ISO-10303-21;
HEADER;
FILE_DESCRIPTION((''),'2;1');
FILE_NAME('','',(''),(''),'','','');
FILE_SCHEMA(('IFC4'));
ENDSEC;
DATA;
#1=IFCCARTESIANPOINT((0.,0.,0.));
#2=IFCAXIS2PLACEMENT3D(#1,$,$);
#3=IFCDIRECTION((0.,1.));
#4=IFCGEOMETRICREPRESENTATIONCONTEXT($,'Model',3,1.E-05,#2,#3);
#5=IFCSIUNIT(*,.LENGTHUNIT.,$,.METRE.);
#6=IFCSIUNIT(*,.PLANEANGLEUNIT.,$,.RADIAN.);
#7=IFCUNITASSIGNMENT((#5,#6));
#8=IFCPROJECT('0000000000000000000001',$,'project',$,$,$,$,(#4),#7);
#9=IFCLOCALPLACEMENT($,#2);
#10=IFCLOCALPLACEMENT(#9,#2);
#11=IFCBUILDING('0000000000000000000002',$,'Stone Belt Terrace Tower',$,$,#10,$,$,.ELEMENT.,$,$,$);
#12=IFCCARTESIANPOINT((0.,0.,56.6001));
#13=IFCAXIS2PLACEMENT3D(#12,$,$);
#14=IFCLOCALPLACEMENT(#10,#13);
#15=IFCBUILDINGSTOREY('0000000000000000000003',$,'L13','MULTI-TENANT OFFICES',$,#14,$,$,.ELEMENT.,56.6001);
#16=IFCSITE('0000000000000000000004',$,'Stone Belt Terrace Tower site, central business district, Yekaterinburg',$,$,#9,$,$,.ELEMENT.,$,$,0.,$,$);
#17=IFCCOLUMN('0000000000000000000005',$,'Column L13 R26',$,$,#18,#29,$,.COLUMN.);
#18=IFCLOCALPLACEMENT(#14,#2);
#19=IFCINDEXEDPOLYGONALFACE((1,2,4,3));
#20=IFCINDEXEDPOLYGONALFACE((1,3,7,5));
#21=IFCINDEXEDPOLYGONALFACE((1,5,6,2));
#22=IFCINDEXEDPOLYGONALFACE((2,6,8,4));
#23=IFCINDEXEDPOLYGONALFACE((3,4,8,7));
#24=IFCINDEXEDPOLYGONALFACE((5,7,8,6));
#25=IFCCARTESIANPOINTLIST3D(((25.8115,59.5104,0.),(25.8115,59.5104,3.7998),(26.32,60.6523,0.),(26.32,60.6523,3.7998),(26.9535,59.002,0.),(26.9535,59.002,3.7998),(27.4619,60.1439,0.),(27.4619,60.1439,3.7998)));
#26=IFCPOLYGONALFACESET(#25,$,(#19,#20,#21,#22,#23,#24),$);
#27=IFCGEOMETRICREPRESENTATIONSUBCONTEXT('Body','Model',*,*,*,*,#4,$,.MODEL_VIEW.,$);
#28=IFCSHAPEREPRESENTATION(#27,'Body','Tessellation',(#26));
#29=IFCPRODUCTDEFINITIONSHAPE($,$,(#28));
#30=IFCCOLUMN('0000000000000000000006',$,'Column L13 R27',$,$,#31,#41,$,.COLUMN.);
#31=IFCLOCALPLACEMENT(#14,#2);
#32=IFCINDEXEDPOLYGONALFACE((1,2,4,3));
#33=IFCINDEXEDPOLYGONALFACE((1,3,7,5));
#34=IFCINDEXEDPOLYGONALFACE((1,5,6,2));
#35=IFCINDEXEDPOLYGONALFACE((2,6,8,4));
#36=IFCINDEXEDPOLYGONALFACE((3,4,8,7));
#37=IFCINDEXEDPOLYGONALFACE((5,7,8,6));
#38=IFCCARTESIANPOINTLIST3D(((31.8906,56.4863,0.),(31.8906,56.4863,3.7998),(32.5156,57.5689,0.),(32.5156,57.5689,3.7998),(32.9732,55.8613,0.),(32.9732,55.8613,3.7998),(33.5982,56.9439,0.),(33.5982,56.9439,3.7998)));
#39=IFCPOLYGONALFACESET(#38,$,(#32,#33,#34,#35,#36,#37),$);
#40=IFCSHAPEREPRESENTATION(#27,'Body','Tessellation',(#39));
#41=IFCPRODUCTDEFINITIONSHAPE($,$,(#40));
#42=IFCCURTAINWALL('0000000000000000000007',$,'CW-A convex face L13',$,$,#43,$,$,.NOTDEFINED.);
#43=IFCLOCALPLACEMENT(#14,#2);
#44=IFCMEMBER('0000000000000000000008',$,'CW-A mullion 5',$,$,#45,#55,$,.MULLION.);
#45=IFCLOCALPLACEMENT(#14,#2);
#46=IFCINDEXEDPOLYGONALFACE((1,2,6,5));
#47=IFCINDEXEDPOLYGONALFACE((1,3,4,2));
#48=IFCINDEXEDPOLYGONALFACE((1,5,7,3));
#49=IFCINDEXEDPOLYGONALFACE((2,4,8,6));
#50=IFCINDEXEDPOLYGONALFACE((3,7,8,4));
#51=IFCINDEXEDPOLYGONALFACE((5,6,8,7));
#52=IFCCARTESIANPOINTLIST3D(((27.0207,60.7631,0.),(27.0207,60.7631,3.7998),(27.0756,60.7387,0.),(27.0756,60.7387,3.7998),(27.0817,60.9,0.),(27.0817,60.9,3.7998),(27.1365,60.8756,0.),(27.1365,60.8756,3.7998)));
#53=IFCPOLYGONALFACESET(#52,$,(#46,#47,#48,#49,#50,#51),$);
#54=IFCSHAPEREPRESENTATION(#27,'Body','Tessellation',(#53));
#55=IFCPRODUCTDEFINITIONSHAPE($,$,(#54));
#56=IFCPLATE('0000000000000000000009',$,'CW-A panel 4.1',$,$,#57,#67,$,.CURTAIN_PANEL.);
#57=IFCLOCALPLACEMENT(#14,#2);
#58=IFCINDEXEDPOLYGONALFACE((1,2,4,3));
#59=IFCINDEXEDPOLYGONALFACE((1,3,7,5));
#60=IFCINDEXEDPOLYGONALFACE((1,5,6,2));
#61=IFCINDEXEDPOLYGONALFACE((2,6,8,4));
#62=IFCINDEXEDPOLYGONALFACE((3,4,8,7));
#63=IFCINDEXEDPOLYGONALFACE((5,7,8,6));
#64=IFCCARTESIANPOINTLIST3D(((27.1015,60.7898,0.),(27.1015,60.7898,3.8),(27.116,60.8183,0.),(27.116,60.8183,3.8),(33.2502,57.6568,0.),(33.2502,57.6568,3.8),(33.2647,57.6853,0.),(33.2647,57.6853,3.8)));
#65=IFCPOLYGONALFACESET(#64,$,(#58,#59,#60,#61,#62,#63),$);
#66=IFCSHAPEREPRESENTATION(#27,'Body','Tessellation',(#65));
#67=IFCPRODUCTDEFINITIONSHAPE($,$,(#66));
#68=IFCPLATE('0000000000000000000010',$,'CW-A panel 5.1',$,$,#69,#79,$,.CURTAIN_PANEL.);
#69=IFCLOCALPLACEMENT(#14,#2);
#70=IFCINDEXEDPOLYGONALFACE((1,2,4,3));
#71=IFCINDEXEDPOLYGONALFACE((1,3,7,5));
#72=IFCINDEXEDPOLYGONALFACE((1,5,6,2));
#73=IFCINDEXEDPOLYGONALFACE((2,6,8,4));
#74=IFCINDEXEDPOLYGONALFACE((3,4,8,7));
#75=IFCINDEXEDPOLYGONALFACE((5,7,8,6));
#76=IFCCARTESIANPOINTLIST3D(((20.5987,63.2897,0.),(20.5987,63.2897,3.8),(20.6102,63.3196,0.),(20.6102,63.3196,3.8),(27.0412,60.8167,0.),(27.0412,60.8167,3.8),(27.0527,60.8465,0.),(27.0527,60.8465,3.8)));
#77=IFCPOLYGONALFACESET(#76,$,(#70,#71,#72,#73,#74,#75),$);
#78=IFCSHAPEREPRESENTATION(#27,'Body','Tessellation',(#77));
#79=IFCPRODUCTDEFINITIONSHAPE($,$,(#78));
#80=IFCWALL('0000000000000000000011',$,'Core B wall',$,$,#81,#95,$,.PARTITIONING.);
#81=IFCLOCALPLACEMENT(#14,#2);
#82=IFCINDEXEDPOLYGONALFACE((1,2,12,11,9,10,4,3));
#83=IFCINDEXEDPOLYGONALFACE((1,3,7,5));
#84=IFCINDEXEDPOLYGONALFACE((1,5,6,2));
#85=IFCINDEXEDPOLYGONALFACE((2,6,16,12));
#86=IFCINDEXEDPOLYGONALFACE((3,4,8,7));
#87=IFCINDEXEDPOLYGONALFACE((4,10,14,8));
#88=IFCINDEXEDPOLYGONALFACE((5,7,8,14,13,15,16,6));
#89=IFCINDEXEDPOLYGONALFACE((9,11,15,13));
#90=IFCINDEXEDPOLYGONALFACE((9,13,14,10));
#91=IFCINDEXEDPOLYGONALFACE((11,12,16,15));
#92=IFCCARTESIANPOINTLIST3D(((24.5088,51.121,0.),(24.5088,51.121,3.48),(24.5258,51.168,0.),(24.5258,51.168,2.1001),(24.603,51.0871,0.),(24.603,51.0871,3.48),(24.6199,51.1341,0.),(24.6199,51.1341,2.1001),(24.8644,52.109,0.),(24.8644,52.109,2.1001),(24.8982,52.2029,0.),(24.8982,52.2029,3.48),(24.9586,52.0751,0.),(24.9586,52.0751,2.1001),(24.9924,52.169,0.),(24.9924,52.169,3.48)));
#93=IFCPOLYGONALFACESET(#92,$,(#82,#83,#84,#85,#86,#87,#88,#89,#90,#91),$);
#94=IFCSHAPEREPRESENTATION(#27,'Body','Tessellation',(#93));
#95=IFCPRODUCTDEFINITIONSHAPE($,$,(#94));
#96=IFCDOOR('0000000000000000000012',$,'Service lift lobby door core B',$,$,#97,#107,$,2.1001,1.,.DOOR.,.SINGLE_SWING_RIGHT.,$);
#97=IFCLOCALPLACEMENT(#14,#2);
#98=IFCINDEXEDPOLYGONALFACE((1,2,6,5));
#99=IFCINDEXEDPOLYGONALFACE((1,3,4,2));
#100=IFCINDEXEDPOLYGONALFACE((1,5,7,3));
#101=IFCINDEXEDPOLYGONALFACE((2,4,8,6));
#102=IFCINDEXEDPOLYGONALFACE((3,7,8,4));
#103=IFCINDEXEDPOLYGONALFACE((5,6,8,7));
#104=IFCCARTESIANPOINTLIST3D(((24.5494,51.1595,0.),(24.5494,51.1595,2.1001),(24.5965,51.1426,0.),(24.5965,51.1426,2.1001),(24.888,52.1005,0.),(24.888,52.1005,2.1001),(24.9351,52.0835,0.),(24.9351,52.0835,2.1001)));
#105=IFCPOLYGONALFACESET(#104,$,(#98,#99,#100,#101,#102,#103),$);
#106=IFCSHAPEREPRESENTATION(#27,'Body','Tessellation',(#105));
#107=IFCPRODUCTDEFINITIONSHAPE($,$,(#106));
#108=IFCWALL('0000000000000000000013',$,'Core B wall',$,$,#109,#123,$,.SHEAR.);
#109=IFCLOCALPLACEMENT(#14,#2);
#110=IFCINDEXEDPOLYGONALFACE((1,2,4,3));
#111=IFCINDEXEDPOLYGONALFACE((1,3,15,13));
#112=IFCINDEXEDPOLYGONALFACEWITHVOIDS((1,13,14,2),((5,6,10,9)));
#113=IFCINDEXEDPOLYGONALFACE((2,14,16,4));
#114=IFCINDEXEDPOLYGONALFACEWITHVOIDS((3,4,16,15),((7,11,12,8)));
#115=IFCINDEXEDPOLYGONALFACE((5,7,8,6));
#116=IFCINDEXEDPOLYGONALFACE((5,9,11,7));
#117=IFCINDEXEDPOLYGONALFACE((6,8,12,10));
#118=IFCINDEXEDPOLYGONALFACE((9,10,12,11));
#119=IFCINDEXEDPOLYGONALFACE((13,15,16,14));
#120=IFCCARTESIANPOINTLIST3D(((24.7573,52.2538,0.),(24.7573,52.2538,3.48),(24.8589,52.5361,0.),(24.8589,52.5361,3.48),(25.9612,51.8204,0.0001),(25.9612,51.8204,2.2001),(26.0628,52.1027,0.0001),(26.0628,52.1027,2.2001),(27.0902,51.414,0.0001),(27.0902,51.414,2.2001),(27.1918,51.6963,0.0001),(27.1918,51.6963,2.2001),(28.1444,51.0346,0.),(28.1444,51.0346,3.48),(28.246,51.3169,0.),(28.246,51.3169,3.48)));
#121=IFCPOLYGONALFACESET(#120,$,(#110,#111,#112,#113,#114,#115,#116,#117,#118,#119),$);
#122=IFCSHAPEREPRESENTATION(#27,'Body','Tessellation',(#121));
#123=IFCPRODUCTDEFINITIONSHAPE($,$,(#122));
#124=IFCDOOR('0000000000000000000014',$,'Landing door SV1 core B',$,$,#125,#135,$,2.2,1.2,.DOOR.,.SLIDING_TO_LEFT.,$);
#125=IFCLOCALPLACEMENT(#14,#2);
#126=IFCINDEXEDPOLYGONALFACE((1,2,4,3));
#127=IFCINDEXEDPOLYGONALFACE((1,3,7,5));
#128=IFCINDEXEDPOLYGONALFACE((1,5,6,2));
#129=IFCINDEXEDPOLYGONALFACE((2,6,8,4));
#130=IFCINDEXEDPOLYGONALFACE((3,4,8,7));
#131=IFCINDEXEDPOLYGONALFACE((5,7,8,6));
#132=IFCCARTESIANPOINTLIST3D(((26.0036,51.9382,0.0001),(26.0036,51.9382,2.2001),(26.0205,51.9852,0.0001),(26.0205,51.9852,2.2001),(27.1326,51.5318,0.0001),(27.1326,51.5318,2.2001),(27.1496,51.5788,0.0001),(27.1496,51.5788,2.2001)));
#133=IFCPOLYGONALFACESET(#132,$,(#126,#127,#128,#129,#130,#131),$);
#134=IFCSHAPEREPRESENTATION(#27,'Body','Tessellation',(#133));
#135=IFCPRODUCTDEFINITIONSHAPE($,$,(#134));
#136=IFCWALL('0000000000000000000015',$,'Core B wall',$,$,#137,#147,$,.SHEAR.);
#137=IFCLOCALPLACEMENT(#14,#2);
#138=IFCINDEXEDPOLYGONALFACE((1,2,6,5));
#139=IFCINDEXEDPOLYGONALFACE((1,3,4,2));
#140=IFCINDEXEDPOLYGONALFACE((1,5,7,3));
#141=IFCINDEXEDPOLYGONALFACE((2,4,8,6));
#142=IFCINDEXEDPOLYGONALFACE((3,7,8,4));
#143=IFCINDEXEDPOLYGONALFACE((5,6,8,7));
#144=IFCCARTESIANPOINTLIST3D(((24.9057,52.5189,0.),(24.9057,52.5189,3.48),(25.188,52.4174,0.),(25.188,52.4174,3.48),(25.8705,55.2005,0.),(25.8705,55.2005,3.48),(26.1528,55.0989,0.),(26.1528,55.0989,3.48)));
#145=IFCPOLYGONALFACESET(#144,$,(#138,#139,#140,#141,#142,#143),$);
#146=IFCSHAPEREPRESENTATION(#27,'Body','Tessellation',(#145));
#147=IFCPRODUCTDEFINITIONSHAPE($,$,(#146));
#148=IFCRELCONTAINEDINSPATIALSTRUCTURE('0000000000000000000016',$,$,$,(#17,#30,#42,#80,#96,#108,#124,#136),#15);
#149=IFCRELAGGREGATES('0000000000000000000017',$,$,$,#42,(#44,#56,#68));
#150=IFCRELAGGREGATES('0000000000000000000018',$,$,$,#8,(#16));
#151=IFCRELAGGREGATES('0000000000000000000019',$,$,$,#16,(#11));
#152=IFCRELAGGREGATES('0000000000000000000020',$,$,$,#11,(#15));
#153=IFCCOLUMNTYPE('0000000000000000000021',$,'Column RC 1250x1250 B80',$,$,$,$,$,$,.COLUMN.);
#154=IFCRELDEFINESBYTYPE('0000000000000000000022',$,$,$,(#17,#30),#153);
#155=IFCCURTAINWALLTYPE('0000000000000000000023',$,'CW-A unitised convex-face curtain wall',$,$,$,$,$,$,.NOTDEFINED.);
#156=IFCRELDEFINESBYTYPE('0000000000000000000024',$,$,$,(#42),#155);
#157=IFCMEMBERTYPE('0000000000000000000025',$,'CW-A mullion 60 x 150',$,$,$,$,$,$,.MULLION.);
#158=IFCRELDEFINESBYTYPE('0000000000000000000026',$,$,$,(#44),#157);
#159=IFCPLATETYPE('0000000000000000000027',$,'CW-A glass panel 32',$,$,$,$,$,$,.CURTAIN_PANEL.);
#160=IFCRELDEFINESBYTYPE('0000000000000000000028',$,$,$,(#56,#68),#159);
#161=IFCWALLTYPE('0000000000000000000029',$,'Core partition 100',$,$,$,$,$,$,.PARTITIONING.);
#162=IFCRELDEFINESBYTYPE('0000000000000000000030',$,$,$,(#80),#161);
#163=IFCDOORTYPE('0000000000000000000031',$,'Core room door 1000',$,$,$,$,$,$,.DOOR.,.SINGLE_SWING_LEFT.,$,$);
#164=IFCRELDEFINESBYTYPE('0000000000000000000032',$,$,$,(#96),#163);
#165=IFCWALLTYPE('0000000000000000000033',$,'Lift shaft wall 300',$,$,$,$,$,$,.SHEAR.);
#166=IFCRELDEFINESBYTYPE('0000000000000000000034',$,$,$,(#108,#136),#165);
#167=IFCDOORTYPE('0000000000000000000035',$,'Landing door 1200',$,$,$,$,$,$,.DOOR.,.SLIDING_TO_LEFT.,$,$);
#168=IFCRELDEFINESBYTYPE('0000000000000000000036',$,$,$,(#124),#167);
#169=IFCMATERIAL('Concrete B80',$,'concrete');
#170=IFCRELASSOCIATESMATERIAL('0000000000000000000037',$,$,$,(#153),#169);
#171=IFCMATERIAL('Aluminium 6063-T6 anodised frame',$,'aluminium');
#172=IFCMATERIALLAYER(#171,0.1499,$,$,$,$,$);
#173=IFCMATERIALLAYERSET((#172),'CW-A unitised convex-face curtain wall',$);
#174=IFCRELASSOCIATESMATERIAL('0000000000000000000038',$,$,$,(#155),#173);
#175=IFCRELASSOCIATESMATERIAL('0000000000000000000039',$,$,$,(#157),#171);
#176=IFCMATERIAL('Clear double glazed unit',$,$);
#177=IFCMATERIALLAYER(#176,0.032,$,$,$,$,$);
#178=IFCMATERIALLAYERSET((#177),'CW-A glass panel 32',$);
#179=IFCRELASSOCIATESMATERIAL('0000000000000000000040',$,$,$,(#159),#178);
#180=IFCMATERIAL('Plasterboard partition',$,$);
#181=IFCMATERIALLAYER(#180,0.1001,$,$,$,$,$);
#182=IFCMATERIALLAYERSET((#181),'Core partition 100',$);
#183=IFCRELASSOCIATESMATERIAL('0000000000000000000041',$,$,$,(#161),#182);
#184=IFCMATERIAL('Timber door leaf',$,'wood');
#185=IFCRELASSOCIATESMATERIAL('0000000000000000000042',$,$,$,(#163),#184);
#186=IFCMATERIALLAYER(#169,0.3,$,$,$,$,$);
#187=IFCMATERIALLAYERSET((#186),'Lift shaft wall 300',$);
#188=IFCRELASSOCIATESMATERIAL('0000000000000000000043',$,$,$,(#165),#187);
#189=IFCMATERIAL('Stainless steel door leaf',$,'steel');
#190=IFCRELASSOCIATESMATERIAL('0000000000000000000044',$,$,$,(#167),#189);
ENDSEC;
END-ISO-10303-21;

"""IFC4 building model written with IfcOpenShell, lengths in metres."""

from ifc_helpers import new_model, si_unit, direction, frame, frame_2d, origin, origin_2d, place, context, subcontext, project, spatial, rectangle, extrude, material, layer, layer_set, material_profile, profile_set, type_object, element, fill, aggregate, save


model = new_model("IFC4")

# Units and contexts
model_context = context("Model", 3, precision=1e-05, world=origin(), true_north=direction((0.0, 1.0)))
body_context = subcontext(model_context, "Body", "Model", "MODEL_VIEW")
ifc_project = project(units=[si_unit("LENGTHUNIT", "METRE"), si_unit("PLANEANGLEUNIT", "RADIAN")], contexts=[model_context])

# Site, building, storey
site_placement = place(None, origin())
site = spatial("IfcSite", under=ifc_project, at=site_placement, Name="Stone Belt Terrace Tower site, central business district, Yekaterinburg", CompositionType="ELEMENT", RefElevation=0.0)
building_placement = place(site_placement, origin())
building = spatial("IfcBuilding", under=site, at=building_placement, Name="Stone Belt Terrace Tower", CompositionType="ELEMENT")
storey_placement = place(building_placement, frame((0.0, 0.0, 56.6001)))
storey = spatial("IfcBuildingStorey", under=building, at=storey_placement, Name="L13", Description="MULTI-TENANT OFFICES", CompositionType="ELEMENT", Elevation=56.6001)

# Columns
ifc_material_1 = material(Name="Concrete B80", Category="concrete")
ifc_material_profile_1 = material_profile(ifc_material_1, rectangle(XDim=1.25, YDim=1.25, at=origin_2d()), Name="RC 1250x1250")
ifc_profile_set_1 = profile_set([ifc_material_profile_1], Name="Concrete B80")
column_type = type_object("IfcColumnType", Name="Column RC 1250x1250 B80", PredefinedType="COLUMN", material=ifc_profile_set_1)
for number, where, z_axis, x_axis, name in (
    (1, (26.6367, 59.8271, 0.0), (0.0, 0.0, 1.0), (0.913545, -0.406737, 0.0), "Column L13 R26"),
    (2, (32.7444, 56.7151, 0.0), (0.0, 0.0, 1.0), (0.866025, -0.5, 0.0), "Column L13 R27"),
):
    element("IfcColumn", number, at=place(storey_placement, frame(where, z_axis=z_axis, x_axis=x_axis)), inside=storey, type_object=column_type, Name=name, PredefinedType="COLUMN", context=body_context, shape_type="SweptSolid", body=[
        extrude(rectangle(XDim=1.25, YDim=1.25, at=origin_2d()), origin(), (0.0, 0.0, 1.0), 3.7998),
    ])

# Curtain wall, member, plates
ifc_material_2 = material(Name="Aluminium 6063-T6 anodised frame", Category="aluminium")
ifc_layer_1 = layer(ifc_material_2, 0.1499)
ifc_layer_set_1 = layer_set([ifc_layer_1], Name="CW-A unitised convex-face curtain wall")
curtain_wall_type = type_object("IfcCurtainWallType", Name="CW-A unitised convex-face curtain wall", PredefinedType="NOTDEFINED", material=ifc_layer_set_1)
curtain_wall_placement = place(storey_placement, origin())
curtain_wall = element("IfcCurtainWall", 3, at=curtain_wall_placement, inside=storey, type_object=curtain_wall_type, Name="CW-A convex face L13", PredefinedType="NOTDEFINED")
ifc_material_profile_2 = material_profile(ifc_material_2, rectangle(XDim=0.1499, YDim=0.0601, at=origin_2d()), Name="Aluminium 6063-T6 60x150")
ifc_profile_set_2 = profile_set([ifc_material_profile_2], Name="Aluminium 6063-T6 anodised frame")
member_type = type_object("IfcMemberType", Name="CW-A mullion 60 x 150", PredefinedType="MULLION", material=ifc_profile_set_2)
member_placement = place(storey_placement, frame((27.0786, 60.8193, 0.0), z_axis=(0.0, 0.0, 1.0), x_axis=(-0.406737, -0.913545, 0.0)))
member = element("IfcMember", 4, at=member_placement, type_object=member_type, Name="CW-A mullion 5", PredefinedType="MULLION", context=body_context, shape_type="SweptSolid", body=[
    extrude(rectangle(XDim=0.1499, YDim=0.0601, at=origin_2d()), origin(), (0.0, 0.0, 1.0), 3.7998),
])
ifc_material_3 = material(Name="Clear double glazed unit")
ifc_layer_2 = layer(ifc_material_3, 0.032)
ifc_layer_set_2 = layer_set([ifc_layer_2], Name="CW-A glass panel 32")
plate_type = type_object("IfcPlateType", Name="CW-A glass panel 32", PredefinedType="CURTAIN_PANEL", material=ifc_layer_set_2)
plate_1_placement = place(storey_placement, frame((30.1831, 59.2375, 0.0), z_axis=(0.0, 0.0, 1.0), x_axis=(-0.891007, 0.45399, 0.0)))
plate_1 = element("IfcPlate", 5, at=plate_1_placement, type_object=plate_type, Name="CW-A panel 4.1", PredefinedType="CURTAIN_PANEL", context=body_context, shape_type="SweptSolid", body=[
    extrude(rectangle(XDim=6.9009, YDim=0.032, at=origin_2d()), origin(), (0.0, 0.0, 1.0), 3.8),
])
plate_2_placement = place(storey_placement, frame((23.8257, 62.0681, 0.0), z_axis=(0.0, 0.0, 1.0), x_axis=(-0.93358, 0.358368, 0.0)))
plate_2 = element("IfcPlate", 6, at=plate_2_placement, type_object=plate_type, Name="CW-A panel 5.1", PredefinedType="CURTAIN_PANEL", context=body_context, shape_type="SweptSolid", body=[
    extrude(rectangle(XDim=6.9009, YDim=0.032, at=origin_2d()), origin(), (0.0, 0.0, 1.0), 3.8),
])
aggregate(curtain_wall, [member, plate_1, plate_2])

# Walls, openings, doors
ifc_material_4 = material(Name="Plasterboard partition")
ifc_layer_3 = layer(ifc_material_4, 0.1001)
ifc_layer_set_3 = layer_set([ifc_layer_3], Name="Core partition 100")
wall_type_1 = type_object("IfcWallType", Name="Core partition 100", PredefinedType="PARTITIONING", material=ifc_layer_set_3)
wall_1_placement = place(storey_placement, frame((24.5559, 51.104, 0.0), z_axis=(0.0, 0.0, 1.0), x_axis=(0.338622, 0.940923, 0.0)))
wall_1 = element("IfcWall", 7, at=wall_1_placement, inside=storey, type_object=wall_type_1, Name="Core B wall", PredefinedType="PARTITIONING", context=body_context, shape_type="SweptSolid", body=[
    extrude(rectangle(XDim=1.1499, YDim=0.1001, at=frame_2d((0.575, 0.0))), origin(), (0.0, 0.0, 1.0), 3.48),
])
opening_1_placement = place(wall_1_placement, frame((0.05, 0.0, 0.0)))
opening_1 = element("IfcOpeningElement", 8, at=opening_1_placement, cuts=wall_1, PredefinedType="OPENING", context=body_context, shape_type="SweptSolid", body=[
    extrude(rectangle(XDim=1.0, YDim=2.1001, at=frame_2d((0.5, 1.05))), frame((0.0, 0.0601, 0.0), z_axis=(0.0, -1.0, 0.0), x_axis=(1.0, 0.0, 0.0)), (0.0, 0.0, 1.0), 0.1201),
])
ifc_material_5 = material(Name="Timber door leaf", Category="wood")
door_type_1 = type_object("IfcDoorType", Name="Core room door 1000", OperationType="SINGLE_SWING_LEFT", PredefinedType="DOOR", material=ifc_material_5)
door_1_placement = place(opening_1_placement, origin())
door_1 = element("IfcDoor", 9, at=door_1_placement, inside=storey, type_object=door_type_1, Name="Service lift lobby door core B", OperationType="SINGLE_SWING_RIGHT", OverallHeight=2.1001, OverallWidth=1.0, PredefinedType="DOOR", context=body_context, shape_type="SweptSolid", body=[
    extrude(rectangle(XDim=1.0, YDim=2.1001, at=frame_2d((0.5, 1.05))), frame((0.0, 0.0249, 0.0), z_axis=(0.0, -1.0, 0.0), x_axis=(1.0, 0.0, 0.0)), (0.0, 0.0, 1.0), 0.05),
])
fill(opening_1, door_1)
ifc_layer_4 = layer(ifc_material_1, 0.3)
ifc_layer_set_4 = layer_set([ifc_layer_4], Name="Lift shaft wall 300")
wall_type_2 = type_object("IfcWallType", Name="Lift shaft wall 300", PredefinedType="SHEAR", material=ifc_layer_set_4)
wall_2_placement = place(storey_placement, frame((28.1951, 51.1758, 0.0), z_axis=(0.0, 0.0, 1.0), x_axis=(-0.940901, 0.338681, 0.0)))
wall_2 = element("IfcWall", 10, at=wall_2_placement, inside=storey, type_object=wall_type_2, Name="Core B wall", PredefinedType="SHEAR", context=body_context, shape_type="SweptSolid", body=[
    extrude(rectangle(XDim=3.5999, YDim=0.3, at=frame_2d((1.7998, 0.0))), origin(), (0.0, 0.0, 1.0), 3.48),
])
opening_2_placement = place(wall_2_placement, frame((1.1201, 0.0, 0.0)))
opening_2 = element("IfcOpeningElement", 11, at=opening_2_placement, cuts=wall_2, PredefinedType="OPENING", context=body_context, shape_type="SweptSolid", body=[
    extrude(rectangle(XDim=1.2, YDim=2.2, at=frame_2d((0.6001, 1.1001))), frame((0.0, 0.1599, 0.0), z_axis=(0.0, -1.0, 0.0), x_axis=(1.0, 0.0, 0.0)), (0.0, 0.0, 1.0), 0.3201),
])
ifc_material_6 = material(Name="Stainless steel door leaf", Category="steel")
door_type_2 = type_object("IfcDoorType", Name="Landing door 1200", OperationType="SLIDING_TO_LEFT", PredefinedType="DOOR", material=ifc_material_6)
door_2_placement = place(opening_2_placement, origin())
door_2 = element("IfcDoor", 12, at=door_2_placement, inside=storey, type_object=door_type_2, Name="Landing door SV1 core B", OperationType="SLIDING_TO_LEFT", OverallHeight=2.2, OverallWidth=1.2, PredefinedType="DOOR", context=body_context, shape_type="SweptSolid", body=[
    extrude(rectangle(XDim=1.2, YDim=2.2, at=frame_2d((0.6001, 1.1001))), frame((0.0, 0.0249, 0.0), z_axis=(0.0, -1.0, 0.0), x_axis=(1.0, 0.0, 0.0)), (0.0, 0.0, 1.0), 0.05),
])
fill(opening_2, door_2)

# Wall
wall_3_placement = place(storey_placement, frame((25.0469, 52.4683, 0.0), z_axis=(0.0, 0.0, 1.0), x_axis=(0.33855, 0.940949, 0.0)))
element("IfcWall", 13, at=wall_3_placement, inside=storey, type_object=wall_type_2, Name="Core B wall", PredefinedType="SHEAR", context=body_context, shape_type="SweptSolid", body=[
    extrude(rectangle(XDim=2.8499, YDim=0.3, at=frame_2d((1.4248, 0.0))), origin(), (0.0, 0.0, 1.0), 3.48),
])

save(model, "model.ifc")
